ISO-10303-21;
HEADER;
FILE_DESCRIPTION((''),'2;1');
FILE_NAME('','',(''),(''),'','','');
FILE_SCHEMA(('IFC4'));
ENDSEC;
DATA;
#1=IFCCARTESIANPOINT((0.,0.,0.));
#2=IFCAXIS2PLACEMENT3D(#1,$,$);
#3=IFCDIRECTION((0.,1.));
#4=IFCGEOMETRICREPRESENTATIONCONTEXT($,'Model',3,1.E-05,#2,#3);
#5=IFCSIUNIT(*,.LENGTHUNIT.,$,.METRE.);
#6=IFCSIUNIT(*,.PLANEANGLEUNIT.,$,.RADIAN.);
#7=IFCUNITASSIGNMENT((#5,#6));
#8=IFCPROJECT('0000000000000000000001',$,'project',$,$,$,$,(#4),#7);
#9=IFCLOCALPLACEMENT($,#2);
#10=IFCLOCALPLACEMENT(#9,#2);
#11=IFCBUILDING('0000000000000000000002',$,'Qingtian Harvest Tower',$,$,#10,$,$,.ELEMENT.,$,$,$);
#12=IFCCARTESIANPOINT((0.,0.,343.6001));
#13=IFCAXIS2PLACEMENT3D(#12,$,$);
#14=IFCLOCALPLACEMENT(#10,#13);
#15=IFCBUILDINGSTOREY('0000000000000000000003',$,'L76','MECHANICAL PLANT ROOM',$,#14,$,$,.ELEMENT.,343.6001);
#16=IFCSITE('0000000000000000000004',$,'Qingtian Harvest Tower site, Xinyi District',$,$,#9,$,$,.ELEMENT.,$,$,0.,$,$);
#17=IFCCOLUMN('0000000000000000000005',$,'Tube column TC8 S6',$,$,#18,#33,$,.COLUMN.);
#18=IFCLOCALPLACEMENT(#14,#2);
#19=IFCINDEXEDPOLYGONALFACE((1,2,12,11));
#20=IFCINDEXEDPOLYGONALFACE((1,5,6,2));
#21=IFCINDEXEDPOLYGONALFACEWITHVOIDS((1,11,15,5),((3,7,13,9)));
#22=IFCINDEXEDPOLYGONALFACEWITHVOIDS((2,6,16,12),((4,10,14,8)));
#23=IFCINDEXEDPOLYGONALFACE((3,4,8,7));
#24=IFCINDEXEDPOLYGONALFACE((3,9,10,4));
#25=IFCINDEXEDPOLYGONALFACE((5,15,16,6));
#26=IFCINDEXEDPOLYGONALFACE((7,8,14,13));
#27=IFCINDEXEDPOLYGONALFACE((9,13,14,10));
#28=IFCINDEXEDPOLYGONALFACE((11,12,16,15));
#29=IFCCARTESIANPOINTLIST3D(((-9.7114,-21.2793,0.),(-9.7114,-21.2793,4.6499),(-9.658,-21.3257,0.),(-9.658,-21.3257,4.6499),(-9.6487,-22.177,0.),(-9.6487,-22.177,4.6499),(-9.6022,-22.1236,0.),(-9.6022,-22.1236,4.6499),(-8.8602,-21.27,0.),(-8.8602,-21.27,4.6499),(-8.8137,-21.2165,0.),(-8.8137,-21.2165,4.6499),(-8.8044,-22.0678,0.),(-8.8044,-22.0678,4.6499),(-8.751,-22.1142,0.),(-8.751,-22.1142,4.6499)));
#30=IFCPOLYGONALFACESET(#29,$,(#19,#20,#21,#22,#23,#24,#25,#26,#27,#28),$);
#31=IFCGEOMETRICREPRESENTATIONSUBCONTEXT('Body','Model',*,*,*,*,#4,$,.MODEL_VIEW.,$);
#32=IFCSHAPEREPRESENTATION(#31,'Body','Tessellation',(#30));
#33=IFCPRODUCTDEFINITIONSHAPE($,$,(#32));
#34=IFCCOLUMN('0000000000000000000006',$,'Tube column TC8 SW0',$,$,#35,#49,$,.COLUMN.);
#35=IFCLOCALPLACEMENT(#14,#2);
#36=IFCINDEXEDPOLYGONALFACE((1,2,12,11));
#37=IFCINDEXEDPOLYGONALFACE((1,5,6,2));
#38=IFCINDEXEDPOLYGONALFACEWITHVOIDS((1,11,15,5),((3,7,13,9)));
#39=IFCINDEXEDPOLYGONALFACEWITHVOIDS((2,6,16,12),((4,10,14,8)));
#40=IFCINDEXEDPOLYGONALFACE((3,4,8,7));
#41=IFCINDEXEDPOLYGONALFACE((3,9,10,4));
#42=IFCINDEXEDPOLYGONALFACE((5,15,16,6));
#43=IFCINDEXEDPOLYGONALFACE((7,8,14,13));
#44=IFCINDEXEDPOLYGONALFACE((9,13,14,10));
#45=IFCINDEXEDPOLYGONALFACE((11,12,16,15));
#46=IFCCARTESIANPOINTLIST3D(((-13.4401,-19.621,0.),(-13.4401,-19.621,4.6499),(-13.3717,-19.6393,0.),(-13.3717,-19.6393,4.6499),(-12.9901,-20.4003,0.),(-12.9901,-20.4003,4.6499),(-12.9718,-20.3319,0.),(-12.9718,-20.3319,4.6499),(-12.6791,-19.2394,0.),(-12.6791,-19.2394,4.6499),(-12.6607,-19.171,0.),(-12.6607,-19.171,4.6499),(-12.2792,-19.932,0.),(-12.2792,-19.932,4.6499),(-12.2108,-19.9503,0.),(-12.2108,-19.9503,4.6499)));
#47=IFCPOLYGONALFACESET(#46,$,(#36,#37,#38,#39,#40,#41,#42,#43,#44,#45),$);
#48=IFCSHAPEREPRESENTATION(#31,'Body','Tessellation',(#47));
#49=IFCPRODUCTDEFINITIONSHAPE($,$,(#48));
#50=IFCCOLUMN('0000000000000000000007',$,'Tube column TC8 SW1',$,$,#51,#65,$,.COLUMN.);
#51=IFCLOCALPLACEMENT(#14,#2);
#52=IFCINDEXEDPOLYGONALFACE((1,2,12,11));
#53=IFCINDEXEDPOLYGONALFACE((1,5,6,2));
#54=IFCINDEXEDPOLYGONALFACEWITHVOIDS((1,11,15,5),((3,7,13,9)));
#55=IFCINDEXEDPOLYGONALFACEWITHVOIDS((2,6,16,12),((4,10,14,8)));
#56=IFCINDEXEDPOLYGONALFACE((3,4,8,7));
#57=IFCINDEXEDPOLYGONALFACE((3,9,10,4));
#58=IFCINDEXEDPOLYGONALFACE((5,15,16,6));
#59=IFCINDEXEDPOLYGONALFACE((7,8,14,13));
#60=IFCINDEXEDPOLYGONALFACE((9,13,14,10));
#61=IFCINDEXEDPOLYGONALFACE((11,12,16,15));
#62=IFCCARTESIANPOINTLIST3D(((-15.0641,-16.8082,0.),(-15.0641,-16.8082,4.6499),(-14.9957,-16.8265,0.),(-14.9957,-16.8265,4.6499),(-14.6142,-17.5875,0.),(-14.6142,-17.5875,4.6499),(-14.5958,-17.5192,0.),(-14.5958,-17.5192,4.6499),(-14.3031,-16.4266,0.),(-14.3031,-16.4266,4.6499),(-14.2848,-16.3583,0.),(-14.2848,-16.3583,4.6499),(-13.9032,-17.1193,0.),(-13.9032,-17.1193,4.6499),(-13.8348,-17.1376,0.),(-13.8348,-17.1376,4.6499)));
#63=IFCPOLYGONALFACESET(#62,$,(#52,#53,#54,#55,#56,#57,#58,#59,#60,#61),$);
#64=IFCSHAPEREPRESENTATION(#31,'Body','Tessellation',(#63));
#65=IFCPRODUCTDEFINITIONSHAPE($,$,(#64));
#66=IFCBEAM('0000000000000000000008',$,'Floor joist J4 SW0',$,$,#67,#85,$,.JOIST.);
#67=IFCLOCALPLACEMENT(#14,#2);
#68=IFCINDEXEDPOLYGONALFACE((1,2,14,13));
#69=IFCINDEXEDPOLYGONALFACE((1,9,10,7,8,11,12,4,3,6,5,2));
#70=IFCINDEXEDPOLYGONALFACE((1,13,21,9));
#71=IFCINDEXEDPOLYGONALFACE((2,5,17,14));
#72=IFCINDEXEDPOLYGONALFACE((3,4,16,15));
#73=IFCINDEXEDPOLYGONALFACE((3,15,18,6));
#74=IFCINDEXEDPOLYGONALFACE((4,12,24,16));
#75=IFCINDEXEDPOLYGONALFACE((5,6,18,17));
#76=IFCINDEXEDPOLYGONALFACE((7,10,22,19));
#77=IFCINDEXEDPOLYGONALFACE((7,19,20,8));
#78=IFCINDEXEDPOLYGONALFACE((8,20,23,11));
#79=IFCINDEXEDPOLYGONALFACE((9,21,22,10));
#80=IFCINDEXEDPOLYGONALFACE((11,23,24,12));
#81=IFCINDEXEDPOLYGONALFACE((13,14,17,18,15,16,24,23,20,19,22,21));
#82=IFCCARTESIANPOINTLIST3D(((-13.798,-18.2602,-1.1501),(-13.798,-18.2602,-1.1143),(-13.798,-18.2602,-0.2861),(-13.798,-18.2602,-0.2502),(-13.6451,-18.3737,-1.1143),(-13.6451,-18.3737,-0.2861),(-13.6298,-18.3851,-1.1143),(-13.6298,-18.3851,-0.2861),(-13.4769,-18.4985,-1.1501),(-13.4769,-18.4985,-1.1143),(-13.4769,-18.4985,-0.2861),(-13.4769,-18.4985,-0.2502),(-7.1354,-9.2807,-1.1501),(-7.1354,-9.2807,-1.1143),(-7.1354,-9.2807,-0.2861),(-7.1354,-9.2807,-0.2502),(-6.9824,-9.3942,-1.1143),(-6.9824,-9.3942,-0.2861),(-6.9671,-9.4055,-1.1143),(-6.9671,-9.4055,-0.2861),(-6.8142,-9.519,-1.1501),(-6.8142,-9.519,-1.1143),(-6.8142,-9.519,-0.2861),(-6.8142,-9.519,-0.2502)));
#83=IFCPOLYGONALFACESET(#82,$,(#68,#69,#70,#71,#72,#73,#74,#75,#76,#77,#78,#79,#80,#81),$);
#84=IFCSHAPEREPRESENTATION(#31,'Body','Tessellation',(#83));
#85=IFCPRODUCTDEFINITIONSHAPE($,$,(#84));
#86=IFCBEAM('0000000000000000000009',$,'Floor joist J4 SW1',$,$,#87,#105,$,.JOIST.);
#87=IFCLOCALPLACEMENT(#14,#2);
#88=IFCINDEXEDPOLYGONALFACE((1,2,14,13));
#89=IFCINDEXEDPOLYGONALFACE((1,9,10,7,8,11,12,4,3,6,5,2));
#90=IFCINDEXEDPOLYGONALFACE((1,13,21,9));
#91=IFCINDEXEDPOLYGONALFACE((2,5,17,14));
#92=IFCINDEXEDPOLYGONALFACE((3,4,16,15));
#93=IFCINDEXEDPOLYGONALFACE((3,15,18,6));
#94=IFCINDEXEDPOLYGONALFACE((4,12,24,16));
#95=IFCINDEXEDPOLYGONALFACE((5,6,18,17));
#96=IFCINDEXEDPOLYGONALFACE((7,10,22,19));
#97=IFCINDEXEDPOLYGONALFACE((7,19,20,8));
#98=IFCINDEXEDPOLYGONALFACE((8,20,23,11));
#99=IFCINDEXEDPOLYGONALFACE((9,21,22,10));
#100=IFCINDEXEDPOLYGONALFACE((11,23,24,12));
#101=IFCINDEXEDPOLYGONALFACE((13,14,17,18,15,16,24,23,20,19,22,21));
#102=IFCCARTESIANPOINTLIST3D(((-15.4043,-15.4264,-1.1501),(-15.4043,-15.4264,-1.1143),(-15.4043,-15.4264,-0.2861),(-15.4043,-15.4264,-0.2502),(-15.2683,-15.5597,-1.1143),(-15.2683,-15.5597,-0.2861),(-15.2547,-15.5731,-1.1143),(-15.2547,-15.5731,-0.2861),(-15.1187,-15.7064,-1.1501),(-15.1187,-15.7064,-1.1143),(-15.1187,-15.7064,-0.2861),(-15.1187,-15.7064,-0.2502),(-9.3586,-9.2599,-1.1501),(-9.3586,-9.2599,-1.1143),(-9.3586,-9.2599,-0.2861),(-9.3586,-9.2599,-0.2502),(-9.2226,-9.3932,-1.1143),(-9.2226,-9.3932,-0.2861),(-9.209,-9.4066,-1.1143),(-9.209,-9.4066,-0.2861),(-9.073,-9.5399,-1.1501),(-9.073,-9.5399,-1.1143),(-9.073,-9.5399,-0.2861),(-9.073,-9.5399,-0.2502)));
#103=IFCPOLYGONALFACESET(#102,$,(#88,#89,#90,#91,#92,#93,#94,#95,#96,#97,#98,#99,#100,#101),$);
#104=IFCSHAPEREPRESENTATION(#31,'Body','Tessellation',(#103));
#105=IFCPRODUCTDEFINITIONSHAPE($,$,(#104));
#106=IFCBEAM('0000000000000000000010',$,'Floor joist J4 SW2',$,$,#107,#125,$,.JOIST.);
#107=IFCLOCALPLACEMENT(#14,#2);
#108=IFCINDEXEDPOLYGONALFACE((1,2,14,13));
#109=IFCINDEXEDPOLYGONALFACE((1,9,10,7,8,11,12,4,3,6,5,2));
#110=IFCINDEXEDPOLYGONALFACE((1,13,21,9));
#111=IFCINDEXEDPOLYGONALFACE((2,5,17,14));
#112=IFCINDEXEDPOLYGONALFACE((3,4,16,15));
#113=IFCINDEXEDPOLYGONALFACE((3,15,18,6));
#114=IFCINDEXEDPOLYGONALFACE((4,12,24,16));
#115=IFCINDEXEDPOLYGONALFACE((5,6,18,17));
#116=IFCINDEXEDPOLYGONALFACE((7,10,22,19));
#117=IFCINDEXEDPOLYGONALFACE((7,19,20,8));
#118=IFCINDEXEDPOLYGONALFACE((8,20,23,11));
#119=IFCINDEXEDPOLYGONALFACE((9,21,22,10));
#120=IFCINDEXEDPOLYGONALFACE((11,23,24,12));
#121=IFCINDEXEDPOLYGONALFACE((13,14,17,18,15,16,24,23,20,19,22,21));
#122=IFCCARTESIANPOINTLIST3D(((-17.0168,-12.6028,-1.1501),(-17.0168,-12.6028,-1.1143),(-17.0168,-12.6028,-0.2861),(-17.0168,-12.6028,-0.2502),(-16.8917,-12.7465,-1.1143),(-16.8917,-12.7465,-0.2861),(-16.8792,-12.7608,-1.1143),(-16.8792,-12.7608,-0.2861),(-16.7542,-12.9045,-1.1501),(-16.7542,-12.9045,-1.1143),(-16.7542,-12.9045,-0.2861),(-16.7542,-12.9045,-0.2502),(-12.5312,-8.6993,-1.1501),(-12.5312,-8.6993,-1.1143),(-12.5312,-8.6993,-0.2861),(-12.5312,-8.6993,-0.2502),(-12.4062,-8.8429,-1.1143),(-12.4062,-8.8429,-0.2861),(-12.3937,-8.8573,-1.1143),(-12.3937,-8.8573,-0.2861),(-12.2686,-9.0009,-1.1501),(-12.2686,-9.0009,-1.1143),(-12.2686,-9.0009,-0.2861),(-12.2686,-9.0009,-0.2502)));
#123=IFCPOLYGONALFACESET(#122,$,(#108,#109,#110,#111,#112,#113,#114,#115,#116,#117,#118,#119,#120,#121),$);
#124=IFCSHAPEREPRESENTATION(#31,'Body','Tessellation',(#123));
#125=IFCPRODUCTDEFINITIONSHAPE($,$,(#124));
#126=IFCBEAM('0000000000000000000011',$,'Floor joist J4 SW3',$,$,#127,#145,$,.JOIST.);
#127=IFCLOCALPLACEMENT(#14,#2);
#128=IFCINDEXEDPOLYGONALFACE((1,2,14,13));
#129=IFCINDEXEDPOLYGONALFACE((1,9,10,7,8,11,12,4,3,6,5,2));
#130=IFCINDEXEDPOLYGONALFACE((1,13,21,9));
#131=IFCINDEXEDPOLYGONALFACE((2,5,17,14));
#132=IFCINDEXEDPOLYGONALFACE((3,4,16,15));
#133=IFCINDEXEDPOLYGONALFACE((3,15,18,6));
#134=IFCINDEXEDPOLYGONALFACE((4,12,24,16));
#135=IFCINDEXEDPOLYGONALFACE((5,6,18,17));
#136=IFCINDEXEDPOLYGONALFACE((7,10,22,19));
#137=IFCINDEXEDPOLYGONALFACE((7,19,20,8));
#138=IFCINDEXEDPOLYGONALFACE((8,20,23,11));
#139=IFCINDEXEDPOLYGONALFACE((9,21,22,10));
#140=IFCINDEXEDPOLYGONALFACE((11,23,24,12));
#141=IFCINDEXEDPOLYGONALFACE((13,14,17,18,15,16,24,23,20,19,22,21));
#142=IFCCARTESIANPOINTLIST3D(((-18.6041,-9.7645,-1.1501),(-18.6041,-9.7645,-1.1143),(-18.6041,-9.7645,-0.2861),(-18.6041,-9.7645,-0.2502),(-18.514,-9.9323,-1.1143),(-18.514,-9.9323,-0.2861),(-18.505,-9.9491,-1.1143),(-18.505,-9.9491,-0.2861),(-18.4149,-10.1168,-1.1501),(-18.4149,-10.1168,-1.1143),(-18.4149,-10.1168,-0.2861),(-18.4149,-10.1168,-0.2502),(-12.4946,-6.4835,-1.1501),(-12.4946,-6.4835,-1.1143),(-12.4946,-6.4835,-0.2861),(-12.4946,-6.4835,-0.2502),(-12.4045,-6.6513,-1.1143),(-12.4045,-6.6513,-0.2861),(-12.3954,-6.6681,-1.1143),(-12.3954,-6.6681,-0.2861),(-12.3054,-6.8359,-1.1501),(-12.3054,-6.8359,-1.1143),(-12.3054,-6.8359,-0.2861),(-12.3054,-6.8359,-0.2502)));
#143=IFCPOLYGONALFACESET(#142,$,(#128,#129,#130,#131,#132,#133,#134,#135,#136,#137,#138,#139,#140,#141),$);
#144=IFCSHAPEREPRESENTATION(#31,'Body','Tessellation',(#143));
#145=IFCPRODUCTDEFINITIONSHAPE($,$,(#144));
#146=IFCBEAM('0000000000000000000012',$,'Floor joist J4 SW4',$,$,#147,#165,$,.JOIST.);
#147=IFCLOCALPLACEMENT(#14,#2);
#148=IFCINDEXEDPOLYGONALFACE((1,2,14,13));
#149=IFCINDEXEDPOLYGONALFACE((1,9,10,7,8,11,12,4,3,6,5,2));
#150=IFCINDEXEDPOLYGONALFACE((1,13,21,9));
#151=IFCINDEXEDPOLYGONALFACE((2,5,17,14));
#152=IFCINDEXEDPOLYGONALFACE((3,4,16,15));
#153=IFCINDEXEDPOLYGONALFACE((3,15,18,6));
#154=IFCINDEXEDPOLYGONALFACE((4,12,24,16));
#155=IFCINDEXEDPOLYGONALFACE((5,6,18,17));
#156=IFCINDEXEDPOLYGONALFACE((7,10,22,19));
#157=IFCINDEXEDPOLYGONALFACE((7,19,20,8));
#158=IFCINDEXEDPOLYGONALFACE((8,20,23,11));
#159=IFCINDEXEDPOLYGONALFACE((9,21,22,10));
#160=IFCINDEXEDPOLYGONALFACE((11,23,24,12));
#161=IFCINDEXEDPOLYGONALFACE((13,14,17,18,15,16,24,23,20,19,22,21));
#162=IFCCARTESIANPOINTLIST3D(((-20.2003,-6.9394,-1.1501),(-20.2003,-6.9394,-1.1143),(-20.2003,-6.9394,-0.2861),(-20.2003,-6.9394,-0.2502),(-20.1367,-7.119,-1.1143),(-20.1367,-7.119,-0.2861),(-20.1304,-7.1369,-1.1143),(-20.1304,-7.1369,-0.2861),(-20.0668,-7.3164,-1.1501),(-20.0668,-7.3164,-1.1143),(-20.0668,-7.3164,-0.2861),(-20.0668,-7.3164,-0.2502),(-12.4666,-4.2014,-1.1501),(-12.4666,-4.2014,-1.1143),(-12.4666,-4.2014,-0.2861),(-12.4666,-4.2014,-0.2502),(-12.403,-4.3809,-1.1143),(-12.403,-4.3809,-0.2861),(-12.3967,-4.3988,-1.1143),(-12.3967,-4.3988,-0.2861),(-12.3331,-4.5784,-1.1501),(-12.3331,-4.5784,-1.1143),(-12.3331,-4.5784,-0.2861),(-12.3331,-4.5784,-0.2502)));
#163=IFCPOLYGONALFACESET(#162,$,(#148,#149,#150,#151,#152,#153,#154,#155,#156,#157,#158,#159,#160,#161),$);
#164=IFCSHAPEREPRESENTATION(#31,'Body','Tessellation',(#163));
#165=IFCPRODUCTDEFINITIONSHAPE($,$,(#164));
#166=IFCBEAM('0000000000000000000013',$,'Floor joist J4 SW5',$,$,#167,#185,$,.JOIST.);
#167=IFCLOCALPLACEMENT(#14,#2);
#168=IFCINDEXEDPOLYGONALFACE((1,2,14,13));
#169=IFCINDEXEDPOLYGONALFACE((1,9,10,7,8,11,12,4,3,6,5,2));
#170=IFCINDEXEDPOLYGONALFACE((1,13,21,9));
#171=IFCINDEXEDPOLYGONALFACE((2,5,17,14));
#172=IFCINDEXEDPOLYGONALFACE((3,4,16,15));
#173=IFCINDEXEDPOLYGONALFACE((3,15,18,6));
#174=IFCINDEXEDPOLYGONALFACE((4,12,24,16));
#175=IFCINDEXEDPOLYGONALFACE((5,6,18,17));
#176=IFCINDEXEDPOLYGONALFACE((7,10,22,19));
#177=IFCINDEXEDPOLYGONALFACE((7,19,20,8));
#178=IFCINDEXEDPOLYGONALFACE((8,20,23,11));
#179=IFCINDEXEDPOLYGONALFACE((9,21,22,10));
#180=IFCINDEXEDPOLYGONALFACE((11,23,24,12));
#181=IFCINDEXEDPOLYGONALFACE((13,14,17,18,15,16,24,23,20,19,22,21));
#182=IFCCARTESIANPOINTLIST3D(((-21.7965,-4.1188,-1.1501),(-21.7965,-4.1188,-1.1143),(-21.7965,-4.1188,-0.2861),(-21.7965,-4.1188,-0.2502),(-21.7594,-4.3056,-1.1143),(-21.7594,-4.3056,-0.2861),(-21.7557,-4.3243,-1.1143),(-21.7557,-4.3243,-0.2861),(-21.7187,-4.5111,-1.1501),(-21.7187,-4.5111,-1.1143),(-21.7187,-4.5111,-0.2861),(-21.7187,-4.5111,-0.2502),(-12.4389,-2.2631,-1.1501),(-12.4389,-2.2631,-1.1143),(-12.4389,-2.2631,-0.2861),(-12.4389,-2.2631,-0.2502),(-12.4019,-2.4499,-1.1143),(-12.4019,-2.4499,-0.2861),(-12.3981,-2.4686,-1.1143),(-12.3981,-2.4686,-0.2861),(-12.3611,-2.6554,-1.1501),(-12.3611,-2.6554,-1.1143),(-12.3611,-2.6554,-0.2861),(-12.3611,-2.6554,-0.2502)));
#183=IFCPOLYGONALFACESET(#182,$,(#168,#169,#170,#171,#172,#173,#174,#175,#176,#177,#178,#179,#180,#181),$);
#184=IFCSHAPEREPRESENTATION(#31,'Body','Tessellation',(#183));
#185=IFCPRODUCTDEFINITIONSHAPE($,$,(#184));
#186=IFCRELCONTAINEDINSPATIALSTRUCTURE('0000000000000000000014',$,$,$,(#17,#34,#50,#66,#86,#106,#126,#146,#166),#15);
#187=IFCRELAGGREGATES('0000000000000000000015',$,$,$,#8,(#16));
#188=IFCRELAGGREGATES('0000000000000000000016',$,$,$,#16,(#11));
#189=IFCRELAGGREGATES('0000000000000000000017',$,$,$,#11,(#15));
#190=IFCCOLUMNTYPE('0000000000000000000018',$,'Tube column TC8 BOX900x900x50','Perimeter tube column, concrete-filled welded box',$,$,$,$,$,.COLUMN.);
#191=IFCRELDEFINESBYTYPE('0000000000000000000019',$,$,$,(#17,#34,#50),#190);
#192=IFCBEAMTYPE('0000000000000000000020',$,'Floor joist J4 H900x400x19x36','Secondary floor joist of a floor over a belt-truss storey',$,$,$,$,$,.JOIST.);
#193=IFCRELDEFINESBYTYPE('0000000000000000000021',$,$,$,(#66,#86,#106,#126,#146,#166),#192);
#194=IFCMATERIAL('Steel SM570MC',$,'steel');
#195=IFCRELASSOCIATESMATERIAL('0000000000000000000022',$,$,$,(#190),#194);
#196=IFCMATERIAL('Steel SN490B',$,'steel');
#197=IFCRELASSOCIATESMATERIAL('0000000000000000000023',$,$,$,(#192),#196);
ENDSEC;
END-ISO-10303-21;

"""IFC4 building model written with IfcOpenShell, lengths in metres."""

from ifc_helpers import new_model, si_unit, direction, frame, origin, origin_2d, place, context, subcontext, project, spatial, hollow_rectangle, i_section, extrude, material, material_profile, profile_set, type_object, element, save


model = new_model("IFC4")

# Units and contexts
model_context = context("Model", 3, precision=1e-05, world=origin(), true_north=direction((0.0, 1.0)))
body_context = subcontext(model_context, "Body", "Model", "MODEL_VIEW")
ifc_project = project(units=[si_unit("LENGTHUNIT", "METRE"), si_unit("PLANEANGLEUNIT", "RADIAN")], contexts=[model_context])

# Site, building, storey
site_placement = place(None, origin())
site = spatial("IfcSite", under=ifc_project, at=site_placement, Name="Qingtian Harvest Tower site, Xinyi District", CompositionType="ELEMENT", RefElevation=0.0)
building_placement = place(site_placement, origin())
building = spatial("IfcBuilding", under=site, at=building_placement, Name="Qingtian Harvest Tower", CompositionType="ELEMENT")
storey_placement = place(building_placement, frame((0.0, 0.0, 343.6001)))
storey = spatial("IfcBuildingStorey", under=building, at=storey_placement, Name="L76", Description="MECHANICAL PLANT ROOM", CompositionType="ELEMENT", Elevation=343.6001)

# Columns
ifc_material_1 = material(Name="Steel SM570MC", Category="steel")
ifc_material_profile_1 = material_profile(ifc_material_1, hollow_rectangle(XDim=0.8999, YDim=0.8999, WallThickness=0.05, at=origin_2d()), Name="BOX900x900x50")
ifc_profile_set_1 = profile_set([ifc_material_profile_1], Name="Steel SM570MC")
column_type = type_object("IfcColumnType", Name="Tube column TC8 BOX900x900x50", Description="Perimeter tube column, concrete-filled welded box", PredefinedType="COLUMN", material=ifc_profile_set_1)
for number, where, z_axis, x_axis, name in (
    (1, (-9.2312, -21.6968, 0.0), (0.0, 0.0, 1.0), (0.997564, 0.069756, 0.0), "Tube column TC8 S6"),
    (2, (-12.8254, -19.7856, 0.0), (0.0, 0.0, 1.0), (0.5, -0.866025, 0.0), "Tube column TC8 SW0"),
    (3, (-14.4495, -16.9729, 0.0), (0.0, 0.0, 1.0), (0.5, -0.866025, 0.0), "Tube column TC8 SW1"),
):
    element("IfcColumn", number, at=place(storey_placement, frame(where, z_axis=z_axis, x_axis=x_axis)), inside=storey, type_object=column_type, Name=name, PredefinedType="COLUMN", context=body_context, shape_type="SweptSolid", body=[
        extrude(hollow_rectangle(XDim=0.8999, YDim=0.8999, WallThickness=0.05, at=origin_2d()), origin(), (0.0, 0.0, 1.0), 4.6499),
    ])

# Beams
ifc_material_2 = material(Name="Steel SN490B", Category="steel")
ifc_material_profile_2 = material_profile(ifc_material_2, i_section(OverallWidth=0.3999, OverallDepth=0.8999, WebThickness=0.019, FlangeThickness=0.0359, at=origin_2d()), Name="H900x400x19x36")
ifc_profile_set_2 = profile_set([ifc_material_profile_2], Name="Steel SN490B")
beam_type_1 = type_object("IfcBeamType", Name="Floor joist J4 H900x400x19x36", Description="Secondary floor joist of a floor over a belt-truss storey", PredefinedType="JOIST", material=ifc_profile_set_2)
beam_1_placement = place(storey_placement, frame((-13.6375, -18.3794, -0.7002), z_axis=(0.59587, 0.803081, 0.0), x_axis=(-0.803081, 0.59587, 0.0)))
element("IfcBeam", 4, at=beam_1_placement, inside=storey, type_object=beam_type_1, Name="Floor joist J4 SW0", PredefinedType="JOIST", context=body_context, shape_type="SweptSolid", body=[
    extrude(i_section(OverallWidth=0.3999, OverallDepth=0.8999, WebThickness=0.019, FlangeThickness=0.0359, at=origin_2d()), origin(), (0.0, 0.0, 1.0), 11.1814),
])
beam_2_placement = place(storey_placement, frame((-15.2615, -15.5664, -0.7002), z_axis=(0.700075, 0.714069, 0.0), x_axis=(-0.714069, 0.700075, 0.0)))
element("IfcBeam", 5, at=beam_2_placement, inside=storey, type_object=beam_type_1, Name="Floor joist J4 SW1", PredefinedType="JOIST", context=body_context, shape_type="SweptSolid", body=[
    extrude(i_section(OverallWidth=0.3999, OverallDepth=0.8999, WebThickness=0.019, FlangeThickness=0.0359, at=origin_2d()), origin(), (0.0, 0.0, 1.0), 8.6357),
])
beam_3_placement = place(storey_placement, frame((-16.8855, -12.7537, -0.7002), z_axis=(0.754352, 0.65647, 0.0), x_axis=(-0.65647, 0.754352, 0.0)))
element("IfcBeam", 6, at=beam_3_placement, inside=storey, type_object=beam_type_1, Name="Floor joist J4 SW2", PredefinedType="JOIST", context=body_context, shape_type="SweptSolid", body=[
    extrude(i_section(OverallWidth=0.3999, OverallDepth=0.8999, WebThickness=0.019, FlangeThickness=0.0359, at=origin_2d()), origin(), (0.0, 0.0, 1.0), 5.9463),
])
beam_4_placement = place(storey_placement, frame((-18.5095, -9.9407, -0.7002), z_axis=(0.881, 0.473117, 0.0), x_axis=(-0.473117, 0.881, 0.0)))
element("IfcBeam", 7, at=beam_4_placement, inside=storey, type_object=beam_type_1, Name="Floor joist J4 SW3", PredefinedType="JOIST", context=body_context, shape_type="SweptSolid", body=[
    extrude(i_section(OverallWidth=0.3999, OverallDepth=0.8999, WebThickness=0.019, FlangeThickness=0.0359, at=origin_2d()), origin(), (0.0, 0.0, 1.0), 6.9348),
])
beam_5_placement = place(storey_placement, frame((-20.1335, -7.1279, -0.7002), z_axis=(0.942664, 0.333743, 0.0), x_axis=(-0.333743, 0.942664, 0.0)))
element("IfcBeam", 8, at=beam_5_placement, inside=storey, type_object=beam_type_1, Name="Floor joist J4 SW4", PredefinedType="JOIST", context=body_context, shape_type="SweptSolid", body=[
    extrude(i_section(OverallWidth=0.3999, OverallDepth=0.8999, WebThickness=0.019, FlangeThickness=0.0359, at=origin_2d()), origin(), (0.0, 0.0, 1.0), 8.2041),
])
beam_6_placement = place(storey_placement, frame((-21.7576, -4.3149, -0.7002), z_axis=(0.980898, 0.194521, 0.0), x_axis=(-0.194521, 0.980898, 0.0)))
element("IfcBeam", 9, at=beam_6_placement, inside=storey, type_object=beam_type_1, Name="Floor joist J4 SW5", PredefinedType="JOIST", context=body_context, shape_type="SweptSolid", body=[
    extrude(i_section(OverallWidth=0.3999, OverallDepth=0.8999, WebThickness=0.019, FlangeThickness=0.0359, at=origin_2d()), origin(), (0.0, 0.0, 1.0), 9.5398),
])

save(model, "model.ifc")
